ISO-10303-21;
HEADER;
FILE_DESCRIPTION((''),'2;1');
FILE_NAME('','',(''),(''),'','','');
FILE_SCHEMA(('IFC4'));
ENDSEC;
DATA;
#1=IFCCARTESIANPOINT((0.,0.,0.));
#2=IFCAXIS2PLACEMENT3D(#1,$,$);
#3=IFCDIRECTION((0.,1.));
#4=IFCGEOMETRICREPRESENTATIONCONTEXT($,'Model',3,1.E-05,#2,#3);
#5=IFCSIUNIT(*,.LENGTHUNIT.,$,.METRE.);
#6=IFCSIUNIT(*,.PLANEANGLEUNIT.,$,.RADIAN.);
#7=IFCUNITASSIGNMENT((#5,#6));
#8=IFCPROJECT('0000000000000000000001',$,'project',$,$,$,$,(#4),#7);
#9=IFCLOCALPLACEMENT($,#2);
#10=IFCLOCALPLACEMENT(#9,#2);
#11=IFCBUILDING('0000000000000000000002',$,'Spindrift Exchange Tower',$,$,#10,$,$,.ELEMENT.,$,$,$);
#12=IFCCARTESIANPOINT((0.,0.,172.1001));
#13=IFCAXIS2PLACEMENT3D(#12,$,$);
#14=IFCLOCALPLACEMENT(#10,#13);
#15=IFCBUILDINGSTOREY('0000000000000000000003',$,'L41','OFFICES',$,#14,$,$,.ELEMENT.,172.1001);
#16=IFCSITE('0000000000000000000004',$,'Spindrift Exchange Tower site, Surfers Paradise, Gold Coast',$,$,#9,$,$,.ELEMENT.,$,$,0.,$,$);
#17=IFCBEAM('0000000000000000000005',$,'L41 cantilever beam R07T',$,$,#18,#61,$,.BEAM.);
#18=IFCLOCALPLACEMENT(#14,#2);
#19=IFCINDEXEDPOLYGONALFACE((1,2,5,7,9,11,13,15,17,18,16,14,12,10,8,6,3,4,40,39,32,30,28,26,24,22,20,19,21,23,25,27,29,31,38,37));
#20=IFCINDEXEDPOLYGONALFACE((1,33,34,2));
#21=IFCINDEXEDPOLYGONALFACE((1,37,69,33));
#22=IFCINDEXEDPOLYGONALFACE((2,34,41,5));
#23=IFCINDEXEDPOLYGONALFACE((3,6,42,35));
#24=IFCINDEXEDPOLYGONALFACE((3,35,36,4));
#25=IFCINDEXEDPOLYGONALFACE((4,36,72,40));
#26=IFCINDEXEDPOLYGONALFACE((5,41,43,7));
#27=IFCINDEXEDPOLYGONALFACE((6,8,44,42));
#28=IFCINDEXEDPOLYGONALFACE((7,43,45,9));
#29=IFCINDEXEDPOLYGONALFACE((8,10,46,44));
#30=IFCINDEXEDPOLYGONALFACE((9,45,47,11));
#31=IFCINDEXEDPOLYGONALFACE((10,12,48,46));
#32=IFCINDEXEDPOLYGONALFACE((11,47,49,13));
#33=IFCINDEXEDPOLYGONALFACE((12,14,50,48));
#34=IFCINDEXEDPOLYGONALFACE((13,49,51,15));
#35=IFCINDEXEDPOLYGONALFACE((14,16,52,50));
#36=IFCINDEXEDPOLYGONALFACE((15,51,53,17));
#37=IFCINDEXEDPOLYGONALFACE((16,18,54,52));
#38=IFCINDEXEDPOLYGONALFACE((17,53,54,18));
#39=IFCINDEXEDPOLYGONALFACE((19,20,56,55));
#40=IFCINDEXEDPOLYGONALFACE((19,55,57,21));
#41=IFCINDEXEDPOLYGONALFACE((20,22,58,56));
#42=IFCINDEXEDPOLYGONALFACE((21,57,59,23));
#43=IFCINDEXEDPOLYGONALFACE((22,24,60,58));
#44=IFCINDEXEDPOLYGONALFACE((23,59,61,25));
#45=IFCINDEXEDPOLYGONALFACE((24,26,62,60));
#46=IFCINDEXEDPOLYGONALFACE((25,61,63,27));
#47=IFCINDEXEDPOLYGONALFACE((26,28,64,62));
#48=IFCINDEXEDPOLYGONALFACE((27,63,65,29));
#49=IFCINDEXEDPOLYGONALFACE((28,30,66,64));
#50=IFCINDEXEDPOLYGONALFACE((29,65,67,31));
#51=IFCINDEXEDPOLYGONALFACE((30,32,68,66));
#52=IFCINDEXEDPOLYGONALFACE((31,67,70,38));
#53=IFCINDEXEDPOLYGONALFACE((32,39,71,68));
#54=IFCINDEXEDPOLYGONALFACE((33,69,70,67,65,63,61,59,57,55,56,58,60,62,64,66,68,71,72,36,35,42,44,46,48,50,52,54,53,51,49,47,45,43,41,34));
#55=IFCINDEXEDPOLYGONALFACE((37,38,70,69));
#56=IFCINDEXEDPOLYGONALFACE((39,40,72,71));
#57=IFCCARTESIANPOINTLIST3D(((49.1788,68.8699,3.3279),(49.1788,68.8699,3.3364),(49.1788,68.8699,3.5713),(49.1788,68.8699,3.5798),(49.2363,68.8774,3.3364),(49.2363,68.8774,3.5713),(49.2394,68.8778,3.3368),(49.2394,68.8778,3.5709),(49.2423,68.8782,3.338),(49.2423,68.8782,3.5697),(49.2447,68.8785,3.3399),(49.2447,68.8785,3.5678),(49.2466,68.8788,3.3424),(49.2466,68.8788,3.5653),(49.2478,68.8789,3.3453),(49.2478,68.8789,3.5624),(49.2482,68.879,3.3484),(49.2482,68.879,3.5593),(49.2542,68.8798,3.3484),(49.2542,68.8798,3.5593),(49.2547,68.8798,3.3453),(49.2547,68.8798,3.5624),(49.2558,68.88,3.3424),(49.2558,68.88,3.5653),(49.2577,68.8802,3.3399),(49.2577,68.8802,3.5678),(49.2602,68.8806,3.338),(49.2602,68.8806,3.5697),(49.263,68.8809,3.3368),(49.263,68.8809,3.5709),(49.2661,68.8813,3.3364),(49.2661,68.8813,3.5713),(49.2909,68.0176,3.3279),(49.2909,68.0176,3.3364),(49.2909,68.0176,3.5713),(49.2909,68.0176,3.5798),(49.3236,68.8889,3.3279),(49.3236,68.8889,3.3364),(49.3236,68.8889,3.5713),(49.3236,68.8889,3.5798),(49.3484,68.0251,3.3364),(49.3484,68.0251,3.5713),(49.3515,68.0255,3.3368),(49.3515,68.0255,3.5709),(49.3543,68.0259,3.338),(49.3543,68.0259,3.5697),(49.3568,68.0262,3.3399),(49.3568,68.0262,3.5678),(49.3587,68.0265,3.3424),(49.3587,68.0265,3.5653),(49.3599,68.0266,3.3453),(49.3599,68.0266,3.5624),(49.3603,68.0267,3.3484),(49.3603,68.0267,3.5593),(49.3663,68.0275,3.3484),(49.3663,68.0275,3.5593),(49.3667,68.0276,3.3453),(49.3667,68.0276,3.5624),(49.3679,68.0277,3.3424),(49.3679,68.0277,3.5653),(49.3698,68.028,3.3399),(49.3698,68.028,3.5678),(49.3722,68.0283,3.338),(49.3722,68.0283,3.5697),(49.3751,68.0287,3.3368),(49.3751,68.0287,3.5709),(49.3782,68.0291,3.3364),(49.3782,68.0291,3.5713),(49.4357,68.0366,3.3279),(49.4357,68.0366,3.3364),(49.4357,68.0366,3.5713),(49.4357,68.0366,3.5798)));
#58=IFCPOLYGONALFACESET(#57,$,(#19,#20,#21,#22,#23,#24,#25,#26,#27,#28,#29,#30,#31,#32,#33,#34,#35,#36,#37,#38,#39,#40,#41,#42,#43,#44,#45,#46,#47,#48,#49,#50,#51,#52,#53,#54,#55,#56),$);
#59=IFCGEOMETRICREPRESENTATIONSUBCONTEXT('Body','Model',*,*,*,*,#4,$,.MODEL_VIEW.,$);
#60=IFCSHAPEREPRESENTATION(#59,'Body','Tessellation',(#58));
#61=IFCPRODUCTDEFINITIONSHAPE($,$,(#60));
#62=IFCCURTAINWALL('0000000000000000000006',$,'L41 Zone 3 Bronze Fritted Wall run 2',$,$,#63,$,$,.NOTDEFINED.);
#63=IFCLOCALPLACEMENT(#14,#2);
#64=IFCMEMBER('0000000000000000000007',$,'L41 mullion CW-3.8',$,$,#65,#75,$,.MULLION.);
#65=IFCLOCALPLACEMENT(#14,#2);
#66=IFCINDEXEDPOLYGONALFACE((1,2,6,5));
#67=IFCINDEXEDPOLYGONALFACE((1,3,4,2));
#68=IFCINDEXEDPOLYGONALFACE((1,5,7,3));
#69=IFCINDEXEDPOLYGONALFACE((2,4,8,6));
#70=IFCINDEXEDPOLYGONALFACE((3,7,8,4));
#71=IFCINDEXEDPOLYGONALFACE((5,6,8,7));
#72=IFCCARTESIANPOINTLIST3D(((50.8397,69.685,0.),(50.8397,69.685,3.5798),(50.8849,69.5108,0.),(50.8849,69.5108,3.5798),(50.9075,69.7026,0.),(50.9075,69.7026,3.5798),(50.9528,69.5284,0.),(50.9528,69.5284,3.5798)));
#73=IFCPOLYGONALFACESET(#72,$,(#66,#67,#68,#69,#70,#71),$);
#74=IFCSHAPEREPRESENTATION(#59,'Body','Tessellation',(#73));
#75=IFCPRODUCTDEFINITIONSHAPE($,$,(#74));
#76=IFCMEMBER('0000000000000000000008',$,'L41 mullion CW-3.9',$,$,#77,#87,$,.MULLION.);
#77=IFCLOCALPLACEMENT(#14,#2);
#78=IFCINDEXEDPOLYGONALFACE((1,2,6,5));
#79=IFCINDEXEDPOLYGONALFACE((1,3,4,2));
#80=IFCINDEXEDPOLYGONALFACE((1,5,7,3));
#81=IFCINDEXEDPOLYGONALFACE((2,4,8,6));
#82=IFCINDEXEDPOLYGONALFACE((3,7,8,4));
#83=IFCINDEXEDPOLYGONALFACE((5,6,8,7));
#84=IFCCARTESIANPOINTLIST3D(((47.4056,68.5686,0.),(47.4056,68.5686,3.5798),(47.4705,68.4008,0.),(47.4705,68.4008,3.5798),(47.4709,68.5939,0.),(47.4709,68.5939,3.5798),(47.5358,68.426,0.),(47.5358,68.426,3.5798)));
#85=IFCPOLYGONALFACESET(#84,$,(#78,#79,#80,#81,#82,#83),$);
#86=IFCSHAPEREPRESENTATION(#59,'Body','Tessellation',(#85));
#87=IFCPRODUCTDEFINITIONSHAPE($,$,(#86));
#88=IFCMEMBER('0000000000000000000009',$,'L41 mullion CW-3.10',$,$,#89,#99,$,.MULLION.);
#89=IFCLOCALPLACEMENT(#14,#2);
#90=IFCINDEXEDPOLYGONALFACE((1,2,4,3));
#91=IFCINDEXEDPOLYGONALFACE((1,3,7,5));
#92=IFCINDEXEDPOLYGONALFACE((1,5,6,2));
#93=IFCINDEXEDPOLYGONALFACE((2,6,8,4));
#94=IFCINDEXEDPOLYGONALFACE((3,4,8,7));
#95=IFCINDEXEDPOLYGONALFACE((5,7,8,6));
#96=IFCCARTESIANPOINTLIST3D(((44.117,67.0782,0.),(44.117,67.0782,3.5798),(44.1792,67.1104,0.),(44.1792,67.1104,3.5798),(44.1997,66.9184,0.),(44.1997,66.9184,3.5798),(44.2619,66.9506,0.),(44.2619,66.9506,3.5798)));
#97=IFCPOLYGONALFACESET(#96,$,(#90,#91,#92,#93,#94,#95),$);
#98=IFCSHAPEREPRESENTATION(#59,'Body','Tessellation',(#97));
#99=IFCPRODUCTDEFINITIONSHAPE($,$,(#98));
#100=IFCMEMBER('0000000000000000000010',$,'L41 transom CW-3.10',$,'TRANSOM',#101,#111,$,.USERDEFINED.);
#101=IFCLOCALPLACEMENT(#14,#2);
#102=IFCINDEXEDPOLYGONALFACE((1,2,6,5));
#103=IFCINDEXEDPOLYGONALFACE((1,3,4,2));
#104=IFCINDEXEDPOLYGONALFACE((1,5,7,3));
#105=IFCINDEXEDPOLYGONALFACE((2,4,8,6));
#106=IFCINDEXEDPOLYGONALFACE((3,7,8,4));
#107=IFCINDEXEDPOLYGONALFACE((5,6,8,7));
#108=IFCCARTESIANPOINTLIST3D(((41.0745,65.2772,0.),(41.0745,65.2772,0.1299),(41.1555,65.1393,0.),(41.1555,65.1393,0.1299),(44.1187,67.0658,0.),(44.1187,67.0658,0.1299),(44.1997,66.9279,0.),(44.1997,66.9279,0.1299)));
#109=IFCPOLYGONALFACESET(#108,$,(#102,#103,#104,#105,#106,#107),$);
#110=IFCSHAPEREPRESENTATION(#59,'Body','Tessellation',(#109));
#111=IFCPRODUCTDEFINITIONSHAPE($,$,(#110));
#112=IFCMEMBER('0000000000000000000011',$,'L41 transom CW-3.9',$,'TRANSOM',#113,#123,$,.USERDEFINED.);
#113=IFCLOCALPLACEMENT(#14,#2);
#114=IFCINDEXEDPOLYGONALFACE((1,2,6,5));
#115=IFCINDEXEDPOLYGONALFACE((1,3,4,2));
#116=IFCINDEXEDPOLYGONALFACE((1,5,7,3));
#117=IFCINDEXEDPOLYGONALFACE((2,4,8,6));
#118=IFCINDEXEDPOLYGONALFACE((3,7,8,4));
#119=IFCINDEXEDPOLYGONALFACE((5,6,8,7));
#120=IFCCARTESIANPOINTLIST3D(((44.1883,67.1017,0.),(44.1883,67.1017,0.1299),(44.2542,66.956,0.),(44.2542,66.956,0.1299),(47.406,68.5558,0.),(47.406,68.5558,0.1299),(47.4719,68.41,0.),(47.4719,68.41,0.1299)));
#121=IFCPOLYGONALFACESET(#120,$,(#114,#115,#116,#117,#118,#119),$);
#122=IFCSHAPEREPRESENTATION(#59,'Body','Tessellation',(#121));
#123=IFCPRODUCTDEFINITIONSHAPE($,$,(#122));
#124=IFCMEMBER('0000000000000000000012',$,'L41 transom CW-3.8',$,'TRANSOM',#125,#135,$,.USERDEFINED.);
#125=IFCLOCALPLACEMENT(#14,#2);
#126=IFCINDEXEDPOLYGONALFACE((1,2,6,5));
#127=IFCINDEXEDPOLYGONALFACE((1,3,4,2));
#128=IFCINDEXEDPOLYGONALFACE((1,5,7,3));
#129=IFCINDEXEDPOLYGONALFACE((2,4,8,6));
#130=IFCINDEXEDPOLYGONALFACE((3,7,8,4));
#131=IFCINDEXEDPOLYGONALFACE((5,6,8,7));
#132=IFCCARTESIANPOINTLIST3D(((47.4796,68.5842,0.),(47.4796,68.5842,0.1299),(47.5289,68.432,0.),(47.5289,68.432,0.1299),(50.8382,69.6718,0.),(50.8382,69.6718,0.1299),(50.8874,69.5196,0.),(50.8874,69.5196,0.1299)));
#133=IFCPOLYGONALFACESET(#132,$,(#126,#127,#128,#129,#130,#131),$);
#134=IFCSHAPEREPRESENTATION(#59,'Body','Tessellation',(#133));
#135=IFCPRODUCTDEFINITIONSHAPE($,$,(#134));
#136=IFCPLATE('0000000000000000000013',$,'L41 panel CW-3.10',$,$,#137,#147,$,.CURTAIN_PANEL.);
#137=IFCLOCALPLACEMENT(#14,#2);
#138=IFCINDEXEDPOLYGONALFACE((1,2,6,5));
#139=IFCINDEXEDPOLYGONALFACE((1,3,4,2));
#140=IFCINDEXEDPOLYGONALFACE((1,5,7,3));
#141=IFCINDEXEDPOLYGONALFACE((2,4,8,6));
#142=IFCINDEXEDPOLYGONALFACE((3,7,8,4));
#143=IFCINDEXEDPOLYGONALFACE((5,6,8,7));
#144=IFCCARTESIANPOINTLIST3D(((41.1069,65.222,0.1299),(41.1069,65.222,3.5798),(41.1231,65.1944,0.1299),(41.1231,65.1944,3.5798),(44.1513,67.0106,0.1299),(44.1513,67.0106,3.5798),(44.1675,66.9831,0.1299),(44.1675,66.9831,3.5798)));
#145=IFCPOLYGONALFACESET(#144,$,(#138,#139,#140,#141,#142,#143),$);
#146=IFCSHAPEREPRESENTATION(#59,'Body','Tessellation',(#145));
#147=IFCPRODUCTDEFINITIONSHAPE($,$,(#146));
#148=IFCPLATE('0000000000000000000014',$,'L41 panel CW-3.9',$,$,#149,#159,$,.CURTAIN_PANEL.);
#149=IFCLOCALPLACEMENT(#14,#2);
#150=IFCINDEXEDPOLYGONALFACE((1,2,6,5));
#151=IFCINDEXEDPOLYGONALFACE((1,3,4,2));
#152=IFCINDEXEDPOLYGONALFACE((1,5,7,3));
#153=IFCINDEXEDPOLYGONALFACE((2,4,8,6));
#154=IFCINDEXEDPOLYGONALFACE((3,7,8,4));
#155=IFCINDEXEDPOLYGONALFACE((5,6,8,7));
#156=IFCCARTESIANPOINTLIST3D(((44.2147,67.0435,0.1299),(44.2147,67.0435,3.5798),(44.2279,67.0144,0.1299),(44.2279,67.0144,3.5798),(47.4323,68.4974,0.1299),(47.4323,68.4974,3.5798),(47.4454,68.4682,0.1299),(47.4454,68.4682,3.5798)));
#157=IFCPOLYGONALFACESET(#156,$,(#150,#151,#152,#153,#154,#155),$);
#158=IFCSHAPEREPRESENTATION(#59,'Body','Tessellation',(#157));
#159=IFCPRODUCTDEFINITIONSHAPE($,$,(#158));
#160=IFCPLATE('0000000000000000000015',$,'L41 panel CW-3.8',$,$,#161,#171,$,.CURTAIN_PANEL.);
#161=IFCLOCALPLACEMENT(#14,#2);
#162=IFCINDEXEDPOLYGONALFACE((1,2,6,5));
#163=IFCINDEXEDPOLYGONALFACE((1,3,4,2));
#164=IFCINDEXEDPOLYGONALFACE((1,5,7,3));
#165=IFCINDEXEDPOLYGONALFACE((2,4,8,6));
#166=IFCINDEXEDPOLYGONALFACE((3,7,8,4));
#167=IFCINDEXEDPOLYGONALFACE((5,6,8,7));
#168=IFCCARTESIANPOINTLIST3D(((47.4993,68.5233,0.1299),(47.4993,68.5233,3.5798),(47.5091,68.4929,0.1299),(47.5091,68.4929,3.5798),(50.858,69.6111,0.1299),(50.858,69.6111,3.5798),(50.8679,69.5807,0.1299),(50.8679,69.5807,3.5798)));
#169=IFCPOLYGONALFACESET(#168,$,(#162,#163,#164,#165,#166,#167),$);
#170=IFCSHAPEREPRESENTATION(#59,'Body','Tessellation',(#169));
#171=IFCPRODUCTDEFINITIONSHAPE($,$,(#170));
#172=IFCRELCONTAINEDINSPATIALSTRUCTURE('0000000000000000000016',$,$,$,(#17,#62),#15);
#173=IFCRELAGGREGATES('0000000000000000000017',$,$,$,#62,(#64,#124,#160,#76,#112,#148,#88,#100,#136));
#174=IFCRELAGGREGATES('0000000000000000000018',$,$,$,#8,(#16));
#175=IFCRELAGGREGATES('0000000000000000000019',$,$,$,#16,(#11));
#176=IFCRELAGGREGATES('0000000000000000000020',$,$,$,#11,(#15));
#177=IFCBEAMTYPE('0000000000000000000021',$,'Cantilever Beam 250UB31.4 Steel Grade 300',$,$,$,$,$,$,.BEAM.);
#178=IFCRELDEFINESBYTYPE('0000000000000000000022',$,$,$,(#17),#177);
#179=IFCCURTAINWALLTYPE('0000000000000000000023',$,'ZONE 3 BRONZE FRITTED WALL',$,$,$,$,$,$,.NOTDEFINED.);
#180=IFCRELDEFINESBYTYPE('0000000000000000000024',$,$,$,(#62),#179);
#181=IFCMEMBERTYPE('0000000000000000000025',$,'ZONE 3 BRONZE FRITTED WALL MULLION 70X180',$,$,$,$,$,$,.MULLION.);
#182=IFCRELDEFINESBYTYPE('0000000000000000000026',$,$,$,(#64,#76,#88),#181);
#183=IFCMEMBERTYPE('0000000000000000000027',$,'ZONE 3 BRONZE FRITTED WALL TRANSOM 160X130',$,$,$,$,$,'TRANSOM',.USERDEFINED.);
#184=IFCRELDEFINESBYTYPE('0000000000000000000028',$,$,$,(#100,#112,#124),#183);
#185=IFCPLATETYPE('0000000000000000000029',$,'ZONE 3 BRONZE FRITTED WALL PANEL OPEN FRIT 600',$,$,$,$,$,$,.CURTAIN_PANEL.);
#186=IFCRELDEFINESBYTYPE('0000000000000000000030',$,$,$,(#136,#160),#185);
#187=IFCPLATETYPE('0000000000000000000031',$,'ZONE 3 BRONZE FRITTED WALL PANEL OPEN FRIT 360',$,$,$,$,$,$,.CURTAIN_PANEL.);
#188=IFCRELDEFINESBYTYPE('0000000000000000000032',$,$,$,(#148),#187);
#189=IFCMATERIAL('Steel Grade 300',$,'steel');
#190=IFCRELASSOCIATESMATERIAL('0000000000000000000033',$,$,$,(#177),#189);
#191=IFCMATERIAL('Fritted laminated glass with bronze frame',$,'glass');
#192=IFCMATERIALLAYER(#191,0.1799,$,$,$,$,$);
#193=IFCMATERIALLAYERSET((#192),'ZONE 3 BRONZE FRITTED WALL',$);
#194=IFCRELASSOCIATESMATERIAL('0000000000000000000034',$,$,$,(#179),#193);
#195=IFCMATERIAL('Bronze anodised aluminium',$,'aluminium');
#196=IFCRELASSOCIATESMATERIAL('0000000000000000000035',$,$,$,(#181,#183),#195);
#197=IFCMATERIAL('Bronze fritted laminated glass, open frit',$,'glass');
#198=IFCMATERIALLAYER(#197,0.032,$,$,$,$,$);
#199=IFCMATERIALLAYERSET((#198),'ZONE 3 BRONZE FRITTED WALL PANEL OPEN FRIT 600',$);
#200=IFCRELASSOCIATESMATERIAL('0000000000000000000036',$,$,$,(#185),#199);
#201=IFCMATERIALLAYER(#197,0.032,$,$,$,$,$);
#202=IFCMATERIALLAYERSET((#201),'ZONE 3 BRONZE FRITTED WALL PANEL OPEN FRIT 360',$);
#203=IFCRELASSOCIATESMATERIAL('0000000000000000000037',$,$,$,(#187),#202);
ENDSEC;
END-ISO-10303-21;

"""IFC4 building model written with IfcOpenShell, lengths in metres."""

from ifc_helpers import new_model, si_unit, direction, frame, origin, origin_2d, place, context, subcontext, project, spatial, rectangle, i_section, extrude, source, transform, mapped, material, layer, layer_set, material_profile, profile_set, type_object, element, aggregate, save


model = new_model("IFC4")

# Units and contexts
model_context = context("Model", 3, precision=1e-05, world=origin(), true_north=direction((0.0, 1.0)))
body_context = subcontext(model_context, "Body", "Model", "MODEL_VIEW")
ifc_project = project(units=[si_unit("LENGTHUNIT", "METRE"), si_unit("PLANEANGLEUNIT", "RADIAN")], contexts=[model_context])

# Site, building, storey
site_placement = place(None, origin())
site = spatial("IfcSite", under=ifc_project, at=site_placement, Name="Spindrift Exchange Tower site, Surfers Paradise, Gold Coast", CompositionType="ELEMENT", RefElevation=0.0)
building_placement = place(site_placement, origin())
building = spatial("IfcBuilding", under=site, at=building_placement, Name="Spindrift Exchange Tower", CompositionType="ELEMENT")
storey_placement = place(building_placement, frame((0.0, 0.0, 172.1001)))
storey = spatial("IfcBuildingStorey", under=building, at=storey_placement, Name="L41", Description="OFFICES", CompositionType="ELEMENT", Elevation=172.1001)

# Beam
ifc_material_1 = material(Name="Steel Grade 300", Category="steel")
ifc_material_profile_1 = material_profile(ifc_material_1, i_section(OverallWidth=0.146, OverallDepth=0.252, WebThickness=0.0061, FlangeThickness=0.0085, FilletRadius=0.012, at=origin_2d()), Name="250UB31.4")
ifc_profile_set_1 = profile_set([ifc_material_profile_1], Name="Steel Grade 300")
beam_type_1 = type_object("IfcBeamType", Name="Cantilever Beam 250UB31.4 Steel Grade 300", PredefinedType="BEAM", material=ifc_profile_set_1)
shared_shape_1 = source(origin(), body_context, "Body", "SweptSolid", [
    extrude(i_section(OverallWidth=0.146, OverallDepth=0.252, WebThickness=0.0061, FlangeThickness=0.0085, FilletRadius=0.012, at=origin_2d()), origin(), (0.0, 0.0, 1.0), 0.8596),
])
beam_1_placement = place(storey_placement, frame((49.3633, 68.0271, 3.4539), z_axis=(-0.130359, 0.991467, 0.0), x_axis=(-0.991467, -0.130359, 0.0)))
element("IfcBeam", 1, at=beam_1_placement, inside=storey, type_object=beam_type_1, Name="L41 cantilever beam R07T", PredefinedType="BEAM", context=body_context, shape_type="MappedRepresentation", body=[
    mapped(shared_shape_1, transform((0.0, 0.0, 0.0), scale=1.0)),
])

# Curtain wall, members, plates
ifc_material_2 = material(Name="Fritted laminated glass with bronze frame", Category="glass")
ifc_layer_1 = layer(ifc_material_2, 0.1799)
ifc_layer_set_1 = layer_set([ifc_layer_1], Name="ZONE 3 BRONZE FRITTED WALL")
curtain_wall_type = type_object("IfcCurtainWallType", Name="ZONE 3 BRONZE FRITTED WALL", PredefinedType="NOTDEFINED", material=ifc_layer_set_1)
curtain_wall_placement = place(storey_placement, origin())
curtain_wall = element("IfcCurtainWall", 2, at=curtain_wall_placement, inside=storey, type_object=curtain_wall_type, Name="L41 Zone 3 Bronze Fritted Wall run 2", PredefinedType="NOTDEFINED")
ifc_material_3 = material(Name="Bronze anodised aluminium", Category="aluminium")
ifc_material_profile_2 = material_profile(ifc_material_3, rectangle(XDim=0.0701, YDim=0.1799, at=origin_2d()), Name="ZONE 3 BRONZE FRITTED WALL MULLION 70X180")
ifc_profile_set_2 = profile_set([ifc_material_profile_2], Name="Bronze anodised aluminium")
member_type_1 = type_object("IfcMemberType", Name="ZONE 3 BRONZE FRITTED WALL MULLION 70X180", PredefinedType="MULLION", material=ifc_profile_set_2)
shared_shape_2 = source(origin(), body_context, "Body", "SweptSolid", [
    extrude(rectangle(XDim=0.0701, YDim=0.1799, at=origin_2d()), origin(), (0.0, 0.0, 1.0), 3.5798),
])
member_1_placement = place(storey_placement, frame((50.8962, 69.6067, 0.0), z_axis=(0.0, 0.0, 1.0), x_axis=(-0.967903, -0.251325, 0.0)))
member_1 = element("IfcMember", 3, at=member_1_placement, type_object=member_type_1, Name="L41 mullion CW-3.8", PredefinedType="MULLION", context=body_context, shape_type="MappedRepresentation", body=[
    mapped(shared_shape_2, transform((0.0, 0.0, 0.0), scale=1.0)),
])
member_2_placement = place(storey_placement, frame((47.4707, 68.4973, 0.0), z_axis=(0.0, 0.0, 1.0), x_axis=(-0.93276, -0.360499, 0.0)))
member_2 = element("IfcMember", 4, at=member_2_placement, type_object=member_type_1, Name="L41 mullion CW-3.9", PredefinedType="MULLION", context=body_context, shape_type="MappedRepresentation", body=[
    mapped(shared_shape_2, transform((0.0, 0.0, 0.0), scale=1.0)),
])
member_3_placement = place(storey_placement, frame((44.1895, 67.0144, 0.0), z_axis=(0.0, 0.0, 1.0), x_axis=(-0.888016, -0.459812, 0.0)))
member_3 = element("IfcMember", 5, at=member_3_placement, type_object=member_type_1, Name="L41 mullion CW-3.10", PredefinedType="MULLION", context=body_context, shape_type="MappedRepresentation", body=[
    mapped(shared_shape_2, transform((0.0, 0.0, 0.0), scale=1.0)),
])
ifc_material_profile_3 = material_profile(ifc_material_3, rectangle(XDim=0.1599, YDim=0.1299, at=origin_2d()), Name="ZONE 3 BRONZE FRITTED WALL TRANSOM 160X130")
ifc_profile_set_3 = profile_set([ifc_material_profile_3], Name="Bronze anodised aluminium")
member_type_2 = type_object("IfcMemberType", Name="ZONE 3 BRONZE FRITTED WALL TRANSOM 160X130", ElementType="TRANSOM", PredefinedType="USERDEFINED", material=ifc_profile_set_3)
shared_shape_3 = source(origin(), body_context, "Body", "SweptSolid", [
    extrude(rectangle(XDim=0.1599, YDim=0.1299, at=origin_2d()), origin(), (0.0, 0.0, 1.0), 3.5308),
])
member_4_placement = place(storey_placement, frame((44.1592, 66.9968, 0.0649), z_axis=(-0.862197, -0.506573, 0.0), x_axis=(0.506573, -0.862197, 0.0)))
member_4 = element("IfcMember", 6, at=member_4_placement, type_object=member_type_2, Name="L41 transom CW-3.10", ObjectType="TRANSOM", PredefinedType="USERDEFINED", context=body_context, shape_type="MappedRepresentation", body=[
    mapped(shared_shape_3, transform((0.0, 0.0, 0.0), scale=1.0)),
])
shared_shape_4 = source(origin(), body_context, "Body", "SweptSolid", [
    extrude(rectangle(XDim=0.1599, YDim=0.1299, at=origin_2d()), origin(), (0.0, 0.0, 1.0), 3.531),
])
member_5_placement = place(storey_placement, frame((47.439, 68.4829, 0.0649), z_axis=(-0.911274, -0.411802, 0.0), x_axis=(0.411802, -0.911274, 0.0)))
member_5 = element("IfcMember", 7, at=member_5_placement, type_object=member_type_2, Name="L41 transom CW-3.9", ObjectType="TRANSOM", PredefinedType="USERDEFINED", context=body_context, shape_type="MappedRepresentation", body=[
    mapped(shared_shape_4, transform((0.0, 0.0, 0.0), scale=1.0)),
])
shared_shape_5 = source(origin(), body_context, "Body", "SweptSolid", [
    extrude(rectangle(XDim=0.1599, YDim=0.1299, at=origin_2d()), origin(), (0.0, 0.0, 1.0), 3.5303),
])
member_6_placement = place(storey_placement, frame((50.8628, 69.5957, 0.0649), z_axis=(-0.951359, -0.308084, 0.0), x_axis=(0.308084, -0.951359, 0.0)))
member_6 = element("IfcMember", 8, at=member_6_placement, type_object=member_type_2, Name="L41 transom CW-3.8", ObjectType="TRANSOM", PredefinedType="USERDEFINED", context=body_context, shape_type="MappedRepresentation", body=[
    mapped(shared_shape_5, transform((0.0, 0.0, 0.0), scale=1.0)),
])
ifc_material_4 = material(Name="Bronze fritted laminated glass, open frit", Category="glass")
ifc_layer_2 = layer(ifc_material_4, 0.032)
ifc_layer_set_2 = layer_set([ifc_layer_2], Name="ZONE 3 BRONZE FRITTED WALL PANEL OPEN FRIT 600")
plate_type_1 = type_object("IfcPlateType", Name="ZONE 3 BRONZE FRITTED WALL PANEL OPEN FRIT 600", PredefinedType="CURTAIN_PANEL", material=ifc_layer_set_2)
shared_shape_6 = source(origin(), body_context, "Body", "SweptSolid", [
    extrude(rectangle(XDim=3.531, YDim=0.032, at=origin_2d()), origin(), (0.0, 0.0, 1.0), 3.45),
])
plate_1_placement = place(storey_placement, frame((42.6372, 66.1025, 0.1299), z_axis=(0.0, 0.0, 1.0), x_axis=(-0.862212, -0.506547, 0.0)))
plate_1 = element("IfcPlate", 9, at=plate_1_placement, type_object=plate_type_1, Name="L41 panel CW-3.10", PredefinedType="CURTAIN_PANEL", context=body_context, shape_type="MappedRepresentation", body=[
    mapped(shared_shape_6, transform((0.0, 0.0, 0.0), scale=1.0)),
])
ifc_layer_3 = layer(ifc_material_4, 0.032)
ifc_layer_set_3 = layer_set([ifc_layer_3], Name="ZONE 3 BRONZE FRITTED WALL PANEL OPEN FRIT 360")
plate_type_2 = type_object("IfcPlateType", Name="ZONE 3 BRONZE FRITTED WALL PANEL OPEN FRIT 360", PredefinedType="CURTAIN_PANEL", material=ifc_layer_set_3)
shared_shape_7 = source(origin(), body_context, "Body", "SweptSolid", [
    extrude(rectangle(XDim=3.5308, YDim=0.032, at=origin_2d()), origin(), (0.0, 0.0, 1.0), 3.45),
])
plate_2_placement = place(storey_placement, frame((45.8301, 67.7559, 0.1299), z_axis=(0.0, 0.0, 1.0), x_axis=(-0.91129, -0.411766, 0.0)))
plate_2 = element("IfcPlate", 10, at=plate_2_placement, type_object=plate_type_2, Name="L41 panel CW-3.9", PredefinedType="CURTAIN_PANEL", context=body_context, shape_type="MappedRepresentation", body=[
    mapped(shared_shape_7, transform((0.0, 0.0, 0.0), scale=1.0)),
])
shared_shape_8 = source(origin(), body_context, "Body", "SweptSolid", [
    extrude(rectangle(XDim=3.5305, YDim=0.032, at=origin_2d()), origin(), (0.0, 0.0, 1.0), 3.45),
])
plate_3_placement = place(storey_placement, frame((49.1836, 69.052, 0.1299), z_axis=(0.0, 0.0, 1.0), x_axis=(-0.951348, -0.308117, 0.0)))
plate_3 = element("IfcPlate", 11, at=plate_3_placement, type_object=plate_type_1, Name="L41 panel CW-3.8", PredefinedType="CURTAIN_PANEL", context=body_context, shape_type="MappedRepresentation", body=[
    mapped(shared_shape_8, transform((0.0, 0.0, 0.0), scale=1.0)),
])
aggregate(curtain_wall, [member_1, member_6, plate_3, member_2, member_5, plate_2, member_3, member_4, plate_1])

save(model, "model.ifc")
